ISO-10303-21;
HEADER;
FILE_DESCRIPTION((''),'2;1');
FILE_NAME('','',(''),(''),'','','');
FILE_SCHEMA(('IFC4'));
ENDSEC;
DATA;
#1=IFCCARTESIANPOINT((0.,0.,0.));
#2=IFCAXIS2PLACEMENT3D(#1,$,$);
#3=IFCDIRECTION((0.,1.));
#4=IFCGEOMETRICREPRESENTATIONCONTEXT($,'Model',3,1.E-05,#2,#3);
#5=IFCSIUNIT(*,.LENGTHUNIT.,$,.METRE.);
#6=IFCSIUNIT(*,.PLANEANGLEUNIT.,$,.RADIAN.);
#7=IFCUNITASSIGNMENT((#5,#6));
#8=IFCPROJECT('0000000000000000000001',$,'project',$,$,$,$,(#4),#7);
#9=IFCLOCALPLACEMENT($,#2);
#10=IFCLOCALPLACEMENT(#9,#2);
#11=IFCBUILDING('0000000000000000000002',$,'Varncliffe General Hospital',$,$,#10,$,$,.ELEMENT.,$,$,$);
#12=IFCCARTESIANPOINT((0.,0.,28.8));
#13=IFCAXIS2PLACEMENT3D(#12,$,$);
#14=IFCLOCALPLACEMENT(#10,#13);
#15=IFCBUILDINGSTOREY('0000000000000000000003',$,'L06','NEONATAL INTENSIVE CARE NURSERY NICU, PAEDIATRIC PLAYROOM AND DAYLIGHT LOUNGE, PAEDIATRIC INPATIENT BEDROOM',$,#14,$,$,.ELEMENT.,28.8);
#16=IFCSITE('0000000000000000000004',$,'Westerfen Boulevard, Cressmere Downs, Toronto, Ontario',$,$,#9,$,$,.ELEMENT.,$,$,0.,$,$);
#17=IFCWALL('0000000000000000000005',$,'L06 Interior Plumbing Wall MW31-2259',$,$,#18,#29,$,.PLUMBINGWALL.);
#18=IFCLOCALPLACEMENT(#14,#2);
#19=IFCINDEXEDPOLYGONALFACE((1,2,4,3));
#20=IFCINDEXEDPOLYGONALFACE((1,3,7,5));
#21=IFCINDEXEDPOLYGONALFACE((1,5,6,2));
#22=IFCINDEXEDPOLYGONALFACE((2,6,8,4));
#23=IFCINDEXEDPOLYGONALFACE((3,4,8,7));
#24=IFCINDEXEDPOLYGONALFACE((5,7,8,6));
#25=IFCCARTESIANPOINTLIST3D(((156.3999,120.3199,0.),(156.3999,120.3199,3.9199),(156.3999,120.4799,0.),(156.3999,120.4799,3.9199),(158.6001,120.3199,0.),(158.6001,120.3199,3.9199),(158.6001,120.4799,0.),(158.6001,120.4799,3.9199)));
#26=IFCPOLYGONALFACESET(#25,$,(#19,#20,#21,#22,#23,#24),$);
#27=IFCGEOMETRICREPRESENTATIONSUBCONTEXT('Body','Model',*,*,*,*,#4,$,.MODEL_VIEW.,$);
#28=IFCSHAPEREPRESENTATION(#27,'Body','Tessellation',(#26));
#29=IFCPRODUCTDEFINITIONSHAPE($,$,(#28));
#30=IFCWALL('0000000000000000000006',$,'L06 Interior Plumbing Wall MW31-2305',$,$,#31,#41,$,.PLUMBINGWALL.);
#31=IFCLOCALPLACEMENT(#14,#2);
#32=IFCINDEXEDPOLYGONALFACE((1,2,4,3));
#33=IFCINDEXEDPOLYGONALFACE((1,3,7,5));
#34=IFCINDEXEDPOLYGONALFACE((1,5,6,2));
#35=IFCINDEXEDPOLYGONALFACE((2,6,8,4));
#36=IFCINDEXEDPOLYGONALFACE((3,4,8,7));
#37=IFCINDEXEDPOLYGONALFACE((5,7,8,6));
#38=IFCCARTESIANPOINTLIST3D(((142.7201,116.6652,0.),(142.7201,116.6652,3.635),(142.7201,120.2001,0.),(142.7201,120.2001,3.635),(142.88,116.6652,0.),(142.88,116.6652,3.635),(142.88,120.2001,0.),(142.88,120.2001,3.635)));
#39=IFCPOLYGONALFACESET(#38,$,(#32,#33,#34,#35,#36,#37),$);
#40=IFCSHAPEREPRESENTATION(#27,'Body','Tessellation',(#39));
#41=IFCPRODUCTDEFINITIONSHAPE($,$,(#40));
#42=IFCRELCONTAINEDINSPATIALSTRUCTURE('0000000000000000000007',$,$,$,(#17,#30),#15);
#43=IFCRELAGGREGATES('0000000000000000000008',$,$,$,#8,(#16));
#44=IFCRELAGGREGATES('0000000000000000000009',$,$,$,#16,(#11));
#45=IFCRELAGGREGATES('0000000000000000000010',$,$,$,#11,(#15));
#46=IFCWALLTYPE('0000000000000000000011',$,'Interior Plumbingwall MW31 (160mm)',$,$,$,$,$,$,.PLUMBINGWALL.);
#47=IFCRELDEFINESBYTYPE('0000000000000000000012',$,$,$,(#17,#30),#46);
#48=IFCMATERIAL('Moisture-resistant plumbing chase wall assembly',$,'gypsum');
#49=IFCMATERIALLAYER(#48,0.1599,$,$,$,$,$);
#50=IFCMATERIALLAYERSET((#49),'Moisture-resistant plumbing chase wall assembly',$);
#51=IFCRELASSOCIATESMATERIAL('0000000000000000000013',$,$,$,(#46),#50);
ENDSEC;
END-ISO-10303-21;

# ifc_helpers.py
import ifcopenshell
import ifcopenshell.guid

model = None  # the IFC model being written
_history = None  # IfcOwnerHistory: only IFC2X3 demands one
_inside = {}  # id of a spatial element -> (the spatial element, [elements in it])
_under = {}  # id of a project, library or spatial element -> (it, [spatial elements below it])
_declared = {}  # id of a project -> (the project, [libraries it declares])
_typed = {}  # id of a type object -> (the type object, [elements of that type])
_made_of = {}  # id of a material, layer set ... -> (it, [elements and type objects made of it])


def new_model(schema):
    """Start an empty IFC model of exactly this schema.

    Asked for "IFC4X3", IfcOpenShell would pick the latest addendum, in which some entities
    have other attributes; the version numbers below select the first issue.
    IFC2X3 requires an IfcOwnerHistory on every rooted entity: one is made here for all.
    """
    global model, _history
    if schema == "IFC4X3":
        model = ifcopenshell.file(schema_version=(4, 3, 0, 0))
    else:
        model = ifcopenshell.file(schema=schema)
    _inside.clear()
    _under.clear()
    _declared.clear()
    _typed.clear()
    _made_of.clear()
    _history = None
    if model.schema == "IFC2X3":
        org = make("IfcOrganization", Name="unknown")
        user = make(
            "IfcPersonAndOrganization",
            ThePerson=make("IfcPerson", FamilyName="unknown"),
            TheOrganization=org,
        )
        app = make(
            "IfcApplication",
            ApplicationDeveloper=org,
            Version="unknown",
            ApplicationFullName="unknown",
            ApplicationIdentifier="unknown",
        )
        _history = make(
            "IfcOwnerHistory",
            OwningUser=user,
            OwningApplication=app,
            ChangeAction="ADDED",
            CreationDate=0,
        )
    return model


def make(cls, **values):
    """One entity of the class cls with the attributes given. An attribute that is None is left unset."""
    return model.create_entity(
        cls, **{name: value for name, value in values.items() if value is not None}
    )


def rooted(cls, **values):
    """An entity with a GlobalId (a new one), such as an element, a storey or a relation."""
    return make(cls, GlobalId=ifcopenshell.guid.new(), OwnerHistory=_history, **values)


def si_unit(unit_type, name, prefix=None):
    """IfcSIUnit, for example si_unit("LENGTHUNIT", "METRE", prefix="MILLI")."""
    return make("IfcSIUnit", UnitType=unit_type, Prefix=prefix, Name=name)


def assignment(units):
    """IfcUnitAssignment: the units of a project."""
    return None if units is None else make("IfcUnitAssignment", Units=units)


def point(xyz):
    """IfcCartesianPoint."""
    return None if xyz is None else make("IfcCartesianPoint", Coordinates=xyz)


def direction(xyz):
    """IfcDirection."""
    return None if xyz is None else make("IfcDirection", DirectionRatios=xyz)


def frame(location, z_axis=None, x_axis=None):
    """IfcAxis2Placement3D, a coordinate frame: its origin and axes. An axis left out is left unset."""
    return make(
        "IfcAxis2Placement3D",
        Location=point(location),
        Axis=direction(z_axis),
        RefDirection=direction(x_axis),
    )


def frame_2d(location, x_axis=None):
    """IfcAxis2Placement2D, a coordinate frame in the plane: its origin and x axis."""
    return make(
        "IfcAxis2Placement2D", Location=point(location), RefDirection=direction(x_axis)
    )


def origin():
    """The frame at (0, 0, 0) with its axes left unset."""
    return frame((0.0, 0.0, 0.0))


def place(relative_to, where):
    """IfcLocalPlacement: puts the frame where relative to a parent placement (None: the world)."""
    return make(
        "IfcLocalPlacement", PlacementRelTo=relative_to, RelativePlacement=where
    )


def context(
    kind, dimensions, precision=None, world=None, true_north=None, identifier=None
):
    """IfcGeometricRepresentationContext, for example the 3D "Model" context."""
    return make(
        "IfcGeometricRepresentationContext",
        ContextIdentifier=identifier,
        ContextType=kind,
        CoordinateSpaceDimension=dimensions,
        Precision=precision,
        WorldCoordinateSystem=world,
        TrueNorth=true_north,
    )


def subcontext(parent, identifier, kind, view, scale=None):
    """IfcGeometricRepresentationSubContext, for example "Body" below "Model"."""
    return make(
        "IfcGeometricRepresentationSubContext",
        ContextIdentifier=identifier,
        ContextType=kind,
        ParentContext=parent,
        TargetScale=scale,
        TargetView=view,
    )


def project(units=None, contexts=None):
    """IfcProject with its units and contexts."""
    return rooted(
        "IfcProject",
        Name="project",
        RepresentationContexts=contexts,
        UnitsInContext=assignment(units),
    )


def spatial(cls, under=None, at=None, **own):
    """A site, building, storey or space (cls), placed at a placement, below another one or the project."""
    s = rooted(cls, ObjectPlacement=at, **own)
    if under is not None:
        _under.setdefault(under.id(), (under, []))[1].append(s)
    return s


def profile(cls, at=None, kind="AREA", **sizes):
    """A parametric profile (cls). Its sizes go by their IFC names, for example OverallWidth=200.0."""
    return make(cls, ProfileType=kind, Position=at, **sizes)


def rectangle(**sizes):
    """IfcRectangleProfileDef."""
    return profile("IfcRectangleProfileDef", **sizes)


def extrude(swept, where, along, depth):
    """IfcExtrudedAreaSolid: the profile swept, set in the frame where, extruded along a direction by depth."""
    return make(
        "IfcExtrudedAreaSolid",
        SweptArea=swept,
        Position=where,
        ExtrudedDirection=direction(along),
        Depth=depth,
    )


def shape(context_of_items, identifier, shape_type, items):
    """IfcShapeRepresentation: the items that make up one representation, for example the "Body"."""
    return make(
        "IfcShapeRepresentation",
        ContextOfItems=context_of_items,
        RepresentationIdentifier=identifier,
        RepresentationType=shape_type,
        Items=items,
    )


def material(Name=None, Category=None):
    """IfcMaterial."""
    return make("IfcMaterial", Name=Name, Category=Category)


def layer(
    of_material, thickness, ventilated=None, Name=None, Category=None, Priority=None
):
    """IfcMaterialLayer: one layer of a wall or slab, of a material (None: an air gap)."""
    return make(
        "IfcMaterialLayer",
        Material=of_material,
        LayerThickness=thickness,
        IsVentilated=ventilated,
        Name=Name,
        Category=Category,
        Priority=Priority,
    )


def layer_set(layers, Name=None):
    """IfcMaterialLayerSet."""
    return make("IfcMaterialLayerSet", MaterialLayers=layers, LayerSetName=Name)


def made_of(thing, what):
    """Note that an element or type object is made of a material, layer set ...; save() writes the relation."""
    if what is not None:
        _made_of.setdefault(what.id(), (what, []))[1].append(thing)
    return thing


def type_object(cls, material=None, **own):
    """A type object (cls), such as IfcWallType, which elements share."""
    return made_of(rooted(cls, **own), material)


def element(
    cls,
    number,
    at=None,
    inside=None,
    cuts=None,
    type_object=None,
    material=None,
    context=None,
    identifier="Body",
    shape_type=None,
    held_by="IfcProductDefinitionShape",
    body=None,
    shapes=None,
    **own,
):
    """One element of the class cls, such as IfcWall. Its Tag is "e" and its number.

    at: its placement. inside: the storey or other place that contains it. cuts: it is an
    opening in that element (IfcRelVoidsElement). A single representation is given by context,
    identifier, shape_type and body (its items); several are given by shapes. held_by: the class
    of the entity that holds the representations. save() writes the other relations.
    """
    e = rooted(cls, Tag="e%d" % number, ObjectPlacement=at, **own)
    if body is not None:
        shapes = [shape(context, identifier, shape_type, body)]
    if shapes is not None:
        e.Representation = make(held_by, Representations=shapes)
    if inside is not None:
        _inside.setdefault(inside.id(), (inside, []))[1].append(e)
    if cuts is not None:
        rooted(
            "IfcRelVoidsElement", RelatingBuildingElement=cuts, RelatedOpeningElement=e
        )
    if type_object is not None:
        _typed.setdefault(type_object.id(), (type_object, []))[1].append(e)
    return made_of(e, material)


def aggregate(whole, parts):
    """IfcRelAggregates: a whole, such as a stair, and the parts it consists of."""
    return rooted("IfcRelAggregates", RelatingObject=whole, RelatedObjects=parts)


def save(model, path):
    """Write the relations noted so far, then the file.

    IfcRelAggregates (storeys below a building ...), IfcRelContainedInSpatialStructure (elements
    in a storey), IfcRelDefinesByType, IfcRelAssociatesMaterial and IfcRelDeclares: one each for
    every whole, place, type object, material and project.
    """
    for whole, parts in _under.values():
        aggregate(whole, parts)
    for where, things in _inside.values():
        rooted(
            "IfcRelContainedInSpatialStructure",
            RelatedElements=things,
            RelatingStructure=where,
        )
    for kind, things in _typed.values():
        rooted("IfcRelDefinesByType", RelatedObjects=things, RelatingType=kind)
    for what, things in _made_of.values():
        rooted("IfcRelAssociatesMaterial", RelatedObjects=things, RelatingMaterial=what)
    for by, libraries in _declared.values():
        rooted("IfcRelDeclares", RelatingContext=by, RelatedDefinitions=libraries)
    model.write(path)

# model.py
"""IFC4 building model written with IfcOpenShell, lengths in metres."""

from ifc_helpers import new_model, si_unit, direction, frame, frame_2d, origin, place, context, subcontext, project, spatial, rectangle, extrude, material, layer, layer_set, type_object, element, save


model = new_model("IFC4")

# Units and contexts
model_context = context("Model", 3, precision=1e-05, world=origin(), true_north=direction((0.0, 1.0)))
body_context = subcontext(model_context, "Body", "Model", "MODEL_VIEW")
ifc_project = project(units=[si_unit("LENGTHUNIT", "METRE"), si_unit("PLANEANGLEUNIT", "RADIAN")], contexts=[model_context])

# Site, building, storey
site_placement = place(None, origin())
site = spatial("IfcSite", under=ifc_project, at=site_placement, Name="Westerfen Boulevard, Cressmere Downs, Toronto, Ontario", CompositionType="ELEMENT", RefElevation=0.0)
building_placement = place(site_placement, origin())
building = spatial("IfcBuilding", under=site, at=building_placement, Name="Varncliffe General Hospital", CompositionType="ELEMENT")
storey_placement = place(building_placement, frame((0.0, 0.0, 28.8)))
storey = spatial("IfcBuildingStorey", under=building, at=storey_placement, Name="L06", Description="NEONATAL INTENSIVE CARE NURSERY NICU, PAEDIATRIC PLAYROOM AND DAYLIGHT LOUNGE, PAEDIATRIC INPATIENT BEDROOM", CompositionType="ELEMENT", Elevation=28.8)

# Walls
ifc_material_1 = material(Name="Moisture-resistant plumbing chase wall assembly", Category="gypsum")
ifc_layer_1 = layer(ifc_material_1, 0.1599)
ifc_layer_set_1 = layer_set([ifc_layer_1], Name="Moisture-resistant plumbing chase wall assembly")
wall_type_1 = type_object("IfcWallType", Name="Interior Plumbingwall MW31 (160mm)", PredefinedType="PLUMBINGWALL", material=ifc_layer_set_1)
wall_1_placement = place(storey_placement, frame((156.3999, 120.3999, 0.0), z_axis=(0.0, 0.0, 1.0), x_axis=(1.0, 0.0, 0.0)))
element("IfcWall", 1, at=wall_1_placement, inside=storey, type_object=wall_type_1, Name="L06 Interior Plumbing Wall MW31-2259", PredefinedType="PLUMBINGWALL", context=body_context, shape_type="SweptSolid", body=[
    extrude(rectangle(XDim=2.2002, YDim=0.1599, at=frame_2d((1.1001, 0.0))), origin(), (0.0, 0.0, 1.0), 3.9199),
])
wall_2_placement = place(storey_placement, frame((142.8, 116.665, 0.0), z_axis=(0.0, 0.0, 1.0), x_axis=(0.0, 1.0, 0.0)))
element("IfcWall", 2, at=wall_2_placement, inside=storey, type_object=wall_type_1, Name="L06 Interior Plumbing Wall MW31-2305", PredefinedType="PLUMBINGWALL", context=body_context, shape_type="SweptSolid", body=[
    extrude(rectangle(XDim=3.5349, YDim=0.1599, at=frame_2d((1.7676, 0.0))), origin(), (0.0, 0.0, 1.0), 3.635),
])

save(model, "model.ifc")
